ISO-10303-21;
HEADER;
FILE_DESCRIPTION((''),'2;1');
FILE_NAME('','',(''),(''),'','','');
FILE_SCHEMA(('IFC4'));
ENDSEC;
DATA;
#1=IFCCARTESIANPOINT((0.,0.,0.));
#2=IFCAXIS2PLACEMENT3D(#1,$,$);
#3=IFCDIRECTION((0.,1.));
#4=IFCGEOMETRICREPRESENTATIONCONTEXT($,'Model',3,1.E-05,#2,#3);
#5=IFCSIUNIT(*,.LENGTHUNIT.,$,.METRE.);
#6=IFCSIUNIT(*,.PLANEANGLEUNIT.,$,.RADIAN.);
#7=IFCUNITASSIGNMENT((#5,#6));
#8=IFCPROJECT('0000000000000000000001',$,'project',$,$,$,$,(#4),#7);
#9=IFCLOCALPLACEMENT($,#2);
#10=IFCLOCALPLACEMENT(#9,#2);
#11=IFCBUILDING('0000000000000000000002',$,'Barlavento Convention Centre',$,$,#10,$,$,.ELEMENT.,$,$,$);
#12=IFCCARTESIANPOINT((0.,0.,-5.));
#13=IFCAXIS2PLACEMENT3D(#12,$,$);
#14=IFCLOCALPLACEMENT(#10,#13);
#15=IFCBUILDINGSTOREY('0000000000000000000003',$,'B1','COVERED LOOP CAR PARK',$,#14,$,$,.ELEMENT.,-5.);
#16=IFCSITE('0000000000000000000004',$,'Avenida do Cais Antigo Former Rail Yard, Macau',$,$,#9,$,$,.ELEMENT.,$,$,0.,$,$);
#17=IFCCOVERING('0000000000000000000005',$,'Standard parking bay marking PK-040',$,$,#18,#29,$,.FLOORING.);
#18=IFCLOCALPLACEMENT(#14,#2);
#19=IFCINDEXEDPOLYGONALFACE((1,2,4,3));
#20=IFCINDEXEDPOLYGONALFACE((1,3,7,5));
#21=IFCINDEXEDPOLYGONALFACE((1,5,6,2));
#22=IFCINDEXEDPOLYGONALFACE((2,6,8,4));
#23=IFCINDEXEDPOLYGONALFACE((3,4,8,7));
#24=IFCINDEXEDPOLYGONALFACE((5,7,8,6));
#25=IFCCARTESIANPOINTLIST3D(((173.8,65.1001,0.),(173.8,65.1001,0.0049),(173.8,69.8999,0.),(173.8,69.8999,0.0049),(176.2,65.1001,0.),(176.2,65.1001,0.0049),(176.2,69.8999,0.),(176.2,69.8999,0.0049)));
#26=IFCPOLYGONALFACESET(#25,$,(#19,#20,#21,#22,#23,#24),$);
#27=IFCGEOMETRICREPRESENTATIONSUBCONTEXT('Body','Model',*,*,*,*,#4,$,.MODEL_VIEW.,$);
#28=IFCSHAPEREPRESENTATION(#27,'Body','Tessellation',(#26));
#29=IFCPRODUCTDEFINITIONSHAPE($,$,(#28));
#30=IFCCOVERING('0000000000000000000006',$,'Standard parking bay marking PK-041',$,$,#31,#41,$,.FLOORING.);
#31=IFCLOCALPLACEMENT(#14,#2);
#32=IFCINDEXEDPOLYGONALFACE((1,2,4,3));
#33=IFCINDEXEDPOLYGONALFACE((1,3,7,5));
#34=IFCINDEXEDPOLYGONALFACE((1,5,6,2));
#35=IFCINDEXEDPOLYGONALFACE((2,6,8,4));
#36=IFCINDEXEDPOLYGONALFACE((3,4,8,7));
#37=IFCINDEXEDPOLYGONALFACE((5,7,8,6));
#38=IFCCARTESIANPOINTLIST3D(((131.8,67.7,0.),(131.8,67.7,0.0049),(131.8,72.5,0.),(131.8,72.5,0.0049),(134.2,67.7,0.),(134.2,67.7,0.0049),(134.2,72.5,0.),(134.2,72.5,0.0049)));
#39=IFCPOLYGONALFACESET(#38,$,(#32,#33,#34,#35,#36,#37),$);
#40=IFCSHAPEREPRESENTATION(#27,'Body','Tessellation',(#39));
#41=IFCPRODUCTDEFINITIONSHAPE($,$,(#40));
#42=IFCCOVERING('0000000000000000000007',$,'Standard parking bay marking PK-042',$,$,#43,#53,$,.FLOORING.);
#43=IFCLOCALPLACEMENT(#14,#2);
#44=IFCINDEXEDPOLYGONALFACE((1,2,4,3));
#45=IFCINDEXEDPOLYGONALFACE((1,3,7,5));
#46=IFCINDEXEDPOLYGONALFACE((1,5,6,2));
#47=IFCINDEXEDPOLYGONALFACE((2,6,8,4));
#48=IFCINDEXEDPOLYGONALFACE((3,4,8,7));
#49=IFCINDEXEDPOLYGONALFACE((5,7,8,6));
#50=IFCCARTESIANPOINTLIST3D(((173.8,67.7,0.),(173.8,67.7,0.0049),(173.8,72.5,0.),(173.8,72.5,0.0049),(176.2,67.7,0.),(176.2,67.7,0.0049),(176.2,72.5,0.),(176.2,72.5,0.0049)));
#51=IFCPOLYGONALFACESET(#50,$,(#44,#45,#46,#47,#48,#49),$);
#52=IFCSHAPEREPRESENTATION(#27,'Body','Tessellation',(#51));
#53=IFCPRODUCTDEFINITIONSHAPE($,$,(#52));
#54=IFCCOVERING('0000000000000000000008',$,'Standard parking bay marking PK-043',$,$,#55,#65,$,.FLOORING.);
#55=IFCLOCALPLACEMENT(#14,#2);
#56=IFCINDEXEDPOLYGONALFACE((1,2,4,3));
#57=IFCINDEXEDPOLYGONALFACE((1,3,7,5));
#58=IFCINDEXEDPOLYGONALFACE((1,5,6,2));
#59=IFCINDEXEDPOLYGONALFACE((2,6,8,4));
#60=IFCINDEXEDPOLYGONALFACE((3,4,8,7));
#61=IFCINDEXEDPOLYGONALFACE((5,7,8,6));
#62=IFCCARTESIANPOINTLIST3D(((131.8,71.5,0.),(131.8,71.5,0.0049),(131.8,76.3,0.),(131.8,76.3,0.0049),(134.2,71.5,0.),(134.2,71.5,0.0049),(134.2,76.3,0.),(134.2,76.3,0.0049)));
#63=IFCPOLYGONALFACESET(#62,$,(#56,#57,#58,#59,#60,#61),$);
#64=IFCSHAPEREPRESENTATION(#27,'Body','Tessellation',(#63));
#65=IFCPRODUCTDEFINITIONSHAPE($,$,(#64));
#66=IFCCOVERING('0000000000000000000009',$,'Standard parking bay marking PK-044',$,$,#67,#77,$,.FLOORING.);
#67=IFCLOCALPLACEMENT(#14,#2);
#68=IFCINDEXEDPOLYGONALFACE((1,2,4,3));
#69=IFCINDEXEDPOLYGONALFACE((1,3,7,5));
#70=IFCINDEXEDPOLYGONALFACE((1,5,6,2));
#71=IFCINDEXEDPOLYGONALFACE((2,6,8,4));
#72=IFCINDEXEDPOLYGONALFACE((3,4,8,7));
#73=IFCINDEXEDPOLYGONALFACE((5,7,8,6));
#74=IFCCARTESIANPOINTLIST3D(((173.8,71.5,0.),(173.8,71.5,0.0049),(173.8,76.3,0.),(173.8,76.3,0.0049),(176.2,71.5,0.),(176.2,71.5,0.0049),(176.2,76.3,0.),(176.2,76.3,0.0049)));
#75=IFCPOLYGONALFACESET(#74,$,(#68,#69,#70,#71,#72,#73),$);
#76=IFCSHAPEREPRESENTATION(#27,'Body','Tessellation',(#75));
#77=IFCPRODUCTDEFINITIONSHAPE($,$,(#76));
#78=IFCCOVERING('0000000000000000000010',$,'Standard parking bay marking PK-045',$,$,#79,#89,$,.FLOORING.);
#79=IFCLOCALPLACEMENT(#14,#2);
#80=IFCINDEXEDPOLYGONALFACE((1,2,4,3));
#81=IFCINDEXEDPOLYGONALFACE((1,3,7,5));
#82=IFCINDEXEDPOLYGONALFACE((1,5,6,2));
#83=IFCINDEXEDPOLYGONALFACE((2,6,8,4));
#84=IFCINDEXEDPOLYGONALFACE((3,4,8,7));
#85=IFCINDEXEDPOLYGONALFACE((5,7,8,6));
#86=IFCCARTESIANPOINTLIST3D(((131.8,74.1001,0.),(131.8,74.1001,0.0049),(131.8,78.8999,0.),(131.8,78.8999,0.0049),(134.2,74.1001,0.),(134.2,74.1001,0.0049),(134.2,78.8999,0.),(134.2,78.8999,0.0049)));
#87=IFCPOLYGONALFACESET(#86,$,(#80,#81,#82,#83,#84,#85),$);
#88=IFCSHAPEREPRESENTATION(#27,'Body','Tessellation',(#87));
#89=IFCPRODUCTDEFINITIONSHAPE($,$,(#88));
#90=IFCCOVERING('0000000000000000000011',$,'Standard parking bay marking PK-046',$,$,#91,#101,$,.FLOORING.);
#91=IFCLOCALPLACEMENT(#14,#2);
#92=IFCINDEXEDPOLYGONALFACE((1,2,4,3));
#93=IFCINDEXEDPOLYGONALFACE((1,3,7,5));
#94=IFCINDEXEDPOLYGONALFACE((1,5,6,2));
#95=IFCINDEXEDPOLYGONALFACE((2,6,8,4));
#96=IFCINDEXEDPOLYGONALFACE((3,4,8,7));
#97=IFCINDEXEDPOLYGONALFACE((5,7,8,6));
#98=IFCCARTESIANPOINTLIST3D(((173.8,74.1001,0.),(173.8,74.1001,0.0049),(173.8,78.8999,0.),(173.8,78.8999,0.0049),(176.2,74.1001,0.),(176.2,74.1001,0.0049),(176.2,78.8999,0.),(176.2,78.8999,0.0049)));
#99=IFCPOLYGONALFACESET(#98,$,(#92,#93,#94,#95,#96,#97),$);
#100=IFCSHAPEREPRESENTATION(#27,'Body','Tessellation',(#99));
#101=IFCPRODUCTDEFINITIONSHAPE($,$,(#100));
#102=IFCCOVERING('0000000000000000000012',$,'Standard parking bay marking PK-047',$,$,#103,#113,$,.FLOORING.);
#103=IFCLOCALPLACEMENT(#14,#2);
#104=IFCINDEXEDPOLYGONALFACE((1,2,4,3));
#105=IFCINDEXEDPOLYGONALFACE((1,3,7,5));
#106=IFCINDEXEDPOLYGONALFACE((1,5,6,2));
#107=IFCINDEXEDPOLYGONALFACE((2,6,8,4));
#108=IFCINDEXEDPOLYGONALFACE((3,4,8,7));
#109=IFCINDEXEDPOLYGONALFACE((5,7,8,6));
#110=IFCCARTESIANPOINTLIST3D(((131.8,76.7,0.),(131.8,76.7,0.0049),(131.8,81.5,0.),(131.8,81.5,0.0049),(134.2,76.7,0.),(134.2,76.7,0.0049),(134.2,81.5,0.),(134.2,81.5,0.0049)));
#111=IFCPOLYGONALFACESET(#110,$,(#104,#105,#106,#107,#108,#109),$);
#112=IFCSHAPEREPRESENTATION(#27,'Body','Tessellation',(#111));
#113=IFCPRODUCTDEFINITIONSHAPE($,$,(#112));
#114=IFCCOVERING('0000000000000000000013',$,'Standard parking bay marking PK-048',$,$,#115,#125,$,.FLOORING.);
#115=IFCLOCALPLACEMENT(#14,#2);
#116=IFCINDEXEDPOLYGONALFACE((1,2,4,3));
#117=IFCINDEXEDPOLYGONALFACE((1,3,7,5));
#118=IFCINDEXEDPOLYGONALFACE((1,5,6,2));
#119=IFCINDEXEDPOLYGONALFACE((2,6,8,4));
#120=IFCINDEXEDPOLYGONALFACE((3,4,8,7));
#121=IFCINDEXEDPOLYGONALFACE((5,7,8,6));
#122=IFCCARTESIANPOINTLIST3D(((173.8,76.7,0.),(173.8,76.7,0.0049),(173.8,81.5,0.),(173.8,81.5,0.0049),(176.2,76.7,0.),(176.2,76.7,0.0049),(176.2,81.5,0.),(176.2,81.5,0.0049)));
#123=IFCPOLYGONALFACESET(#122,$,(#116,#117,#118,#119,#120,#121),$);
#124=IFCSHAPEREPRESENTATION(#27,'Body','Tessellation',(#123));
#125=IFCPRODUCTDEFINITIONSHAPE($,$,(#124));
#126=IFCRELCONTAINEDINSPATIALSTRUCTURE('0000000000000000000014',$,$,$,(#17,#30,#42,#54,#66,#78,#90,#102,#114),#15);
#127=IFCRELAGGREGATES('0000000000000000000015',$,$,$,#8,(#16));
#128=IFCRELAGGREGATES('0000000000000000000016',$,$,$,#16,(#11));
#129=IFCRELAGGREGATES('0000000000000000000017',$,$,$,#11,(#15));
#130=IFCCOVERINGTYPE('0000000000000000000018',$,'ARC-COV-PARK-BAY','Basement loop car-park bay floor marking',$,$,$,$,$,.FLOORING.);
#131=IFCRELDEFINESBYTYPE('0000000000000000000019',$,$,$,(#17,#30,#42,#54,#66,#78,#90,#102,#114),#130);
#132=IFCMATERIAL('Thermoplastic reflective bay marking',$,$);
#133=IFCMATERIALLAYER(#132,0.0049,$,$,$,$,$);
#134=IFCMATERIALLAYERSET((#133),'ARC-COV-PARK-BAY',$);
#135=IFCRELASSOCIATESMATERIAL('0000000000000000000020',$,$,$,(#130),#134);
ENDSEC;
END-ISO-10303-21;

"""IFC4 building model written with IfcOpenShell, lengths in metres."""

from ifc_helpers import new_model, si_unit, direction, frame, origin, place, context, subcontext, project, spatial, polyline, outline, extrude, material, layer, layer_set, type_object, element, save


model = new_model("IFC4")

# Units and contexts
model_context = context("Model", 3, precision=1e-05, world=origin(), true_north=direction((0.0, 1.0)))
body_context = subcontext(model_context, "Body", "Model", "MODEL_VIEW")
ifc_project = project(units=[si_unit("LENGTHUNIT", "METRE"), si_unit("PLANEANGLEUNIT", "RADIAN")], contexts=[model_context])

# Site, building, storey
site_placement = place(None, origin())
site = spatial("IfcSite", under=ifc_project, at=site_placement, Name="Avenida do Cais Antigo Former Rail Yard, Macau", CompositionType="ELEMENT", RefElevation=0.0)
building_placement = place(site_placement, origin())
building = spatial("IfcBuilding", under=site, at=building_placement, Name="Barlavento Convention Centre", CompositionType="ELEMENT")
storey_placement = place(building_placement, frame((0.0, 0.0, -5.0)))
storey = spatial("IfcBuildingStorey", under=building, at=storey_placement, Name="B1", Description="COVERED LOOP CAR PARK", CompositionType="ELEMENT", Elevation=-5.0)

# Coverings
ifc_material_1 = material(Name="Thermoplastic reflective bay marking")
ifc_layer = layer(ifc_material_1, 0.0049)
ifc_layer_set = layer_set([ifc_layer], Name="ARC-COV-PARK-BAY")
covering_type = type_object("IfcCoveringType", Name="ARC-COV-PARK-BAY", Description="Basement loop car-park bay floor marking", PredefinedType="FLOORING", material=ifc_layer_set)
covering_1_placement = place(storey_placement, origin())
element("IfcCovering", 1, at=covering_1_placement, inside=storey, type_object=covering_type, Name="Standard parking bay marking PK-040", PredefinedType="FLOORING", context=body_context, shape_type="SweptSolid", body=[
    extrude(outline(polyline([(173.8, 65.1001), (176.2, 65.1001), (176.2, 69.8999), (173.8, 69.8999), (173.8, 65.1001)])), origin(), (0.0, 0.0, 1.0), 0.0049),
])
covering_2_placement = place(storey_placement, origin())
element("IfcCovering", 2, at=covering_2_placement, inside=storey, type_object=covering_type, Name="Standard parking bay marking PK-041", PredefinedType="FLOORING", context=body_context, shape_type="SweptSolid", body=[
    extrude(outline(polyline([(131.8, 67.7), (134.2, 67.7), (134.2, 72.5), (131.8, 72.5), (131.8, 67.7)])), origin(), (0.0, 0.0, 1.0), 0.0049),
])
covering_3_placement = place(storey_placement, origin())
element("IfcCovering", 3, at=covering_3_placement, inside=storey, type_object=covering_type, Name="Standard parking bay marking PK-042", PredefinedType="FLOORING", context=body_context, shape_type="SweptSolid", body=[
    extrude(outline(polyline([(173.8, 67.7), (176.2, 67.7), (176.2, 72.5), (173.8, 72.5), (173.8, 67.7)])), origin(), (0.0, 0.0, 1.0), 0.0049),
])
covering_4_placement = place(storey_placement, origin())
element("IfcCovering", 4, at=covering_4_placement, inside=storey, type_object=covering_type, Name="Standard parking bay marking PK-043", PredefinedType="FLOORING", context=body_context, shape_type="SweptSolid", body=[
    extrude(outline(polyline([(131.8, 71.5), (134.2, 71.5), (134.2, 76.3), (131.8, 76.3), (131.8, 71.5)])), origin(), (0.0, 0.0, 1.0), 0.0049),
])
covering_5_placement = place(storey_placement, origin())
element("IfcCovering", 5, at=covering_5_placement, inside=storey, type_object=covering_type, Name="Standard parking bay marking PK-044", PredefinedType="FLOORING", context=body_context, shape_type="SweptSolid", body=[
    extrude(outline(polyline([(173.8, 71.5), (176.2, 71.5), (176.2, 76.3), (173.8, 76.3), (173.8, 71.5)])), origin(), (0.0, 0.0, 1.0), 0.0049),
])
covering_6_placement = place(storey_placement, origin())
element("IfcCovering", 6, at=covering_6_placement, inside=storey, type_object=covering_type, Name="Standard parking bay marking PK-045", PredefinedType="FLOORING", context=body_context, shape_type="SweptSolid", body=[
    extrude(outline(polyline([(131.8, 74.1001), (134.2, 74.1001), (134.2, 78.8999), (131.8, 78.8999), (131.8, 74.1001)])), origin(), (0.0, 0.0, 1.0), 0.0049),
])
covering_7_placement = place(storey_placement, origin())
element("IfcCovering", 7, at=covering_7_placement, inside=storey, type_object=covering_type, Name="Standard parking bay marking PK-046", PredefinedType="FLOORING", context=body_context, shape_type="SweptSolid", body=[
    extrude(outline(polyline([(173.8, 74.1001), (176.2, 74.1001), (176.2, 78.8999), (173.8, 78.8999), (173.8, 74.1001)])), origin(), (0.0, 0.0, 1.0), 0.0049),
])
covering_8_placement = place(storey_placement, origin())
element("IfcCovering", 8, at=covering_8_placement, inside=storey, type_object=covering_type, Name="Standard parking bay marking PK-047", PredefinedType="FLOORING", context=body_context, shape_type="SweptSolid", body=[
    extrude(outline(polyline([(131.8, 76.7), (134.2, 76.7), (134.2, 81.5), (131.8, 81.5), (131.8, 76.7)])), origin(), (0.0, 0.0, 1.0), 0.0049),
])
covering_9_placement = place(storey_placement, origin())
element("IfcCovering", 9, at=covering_9_placement, inside=storey, type_object=covering_type, Name="Standard parking bay marking PK-048", PredefinedType="FLOORING", context=body_context, shape_type="SweptSolid", body=[
    extrude(outline(polyline([(173.8, 76.7), (176.2, 76.7), (176.2, 81.5), (173.8, 81.5), (173.8, 76.7)])), origin(), (0.0, 0.0, 1.0), 0.0049),
])

save(model, "model.ifc")
